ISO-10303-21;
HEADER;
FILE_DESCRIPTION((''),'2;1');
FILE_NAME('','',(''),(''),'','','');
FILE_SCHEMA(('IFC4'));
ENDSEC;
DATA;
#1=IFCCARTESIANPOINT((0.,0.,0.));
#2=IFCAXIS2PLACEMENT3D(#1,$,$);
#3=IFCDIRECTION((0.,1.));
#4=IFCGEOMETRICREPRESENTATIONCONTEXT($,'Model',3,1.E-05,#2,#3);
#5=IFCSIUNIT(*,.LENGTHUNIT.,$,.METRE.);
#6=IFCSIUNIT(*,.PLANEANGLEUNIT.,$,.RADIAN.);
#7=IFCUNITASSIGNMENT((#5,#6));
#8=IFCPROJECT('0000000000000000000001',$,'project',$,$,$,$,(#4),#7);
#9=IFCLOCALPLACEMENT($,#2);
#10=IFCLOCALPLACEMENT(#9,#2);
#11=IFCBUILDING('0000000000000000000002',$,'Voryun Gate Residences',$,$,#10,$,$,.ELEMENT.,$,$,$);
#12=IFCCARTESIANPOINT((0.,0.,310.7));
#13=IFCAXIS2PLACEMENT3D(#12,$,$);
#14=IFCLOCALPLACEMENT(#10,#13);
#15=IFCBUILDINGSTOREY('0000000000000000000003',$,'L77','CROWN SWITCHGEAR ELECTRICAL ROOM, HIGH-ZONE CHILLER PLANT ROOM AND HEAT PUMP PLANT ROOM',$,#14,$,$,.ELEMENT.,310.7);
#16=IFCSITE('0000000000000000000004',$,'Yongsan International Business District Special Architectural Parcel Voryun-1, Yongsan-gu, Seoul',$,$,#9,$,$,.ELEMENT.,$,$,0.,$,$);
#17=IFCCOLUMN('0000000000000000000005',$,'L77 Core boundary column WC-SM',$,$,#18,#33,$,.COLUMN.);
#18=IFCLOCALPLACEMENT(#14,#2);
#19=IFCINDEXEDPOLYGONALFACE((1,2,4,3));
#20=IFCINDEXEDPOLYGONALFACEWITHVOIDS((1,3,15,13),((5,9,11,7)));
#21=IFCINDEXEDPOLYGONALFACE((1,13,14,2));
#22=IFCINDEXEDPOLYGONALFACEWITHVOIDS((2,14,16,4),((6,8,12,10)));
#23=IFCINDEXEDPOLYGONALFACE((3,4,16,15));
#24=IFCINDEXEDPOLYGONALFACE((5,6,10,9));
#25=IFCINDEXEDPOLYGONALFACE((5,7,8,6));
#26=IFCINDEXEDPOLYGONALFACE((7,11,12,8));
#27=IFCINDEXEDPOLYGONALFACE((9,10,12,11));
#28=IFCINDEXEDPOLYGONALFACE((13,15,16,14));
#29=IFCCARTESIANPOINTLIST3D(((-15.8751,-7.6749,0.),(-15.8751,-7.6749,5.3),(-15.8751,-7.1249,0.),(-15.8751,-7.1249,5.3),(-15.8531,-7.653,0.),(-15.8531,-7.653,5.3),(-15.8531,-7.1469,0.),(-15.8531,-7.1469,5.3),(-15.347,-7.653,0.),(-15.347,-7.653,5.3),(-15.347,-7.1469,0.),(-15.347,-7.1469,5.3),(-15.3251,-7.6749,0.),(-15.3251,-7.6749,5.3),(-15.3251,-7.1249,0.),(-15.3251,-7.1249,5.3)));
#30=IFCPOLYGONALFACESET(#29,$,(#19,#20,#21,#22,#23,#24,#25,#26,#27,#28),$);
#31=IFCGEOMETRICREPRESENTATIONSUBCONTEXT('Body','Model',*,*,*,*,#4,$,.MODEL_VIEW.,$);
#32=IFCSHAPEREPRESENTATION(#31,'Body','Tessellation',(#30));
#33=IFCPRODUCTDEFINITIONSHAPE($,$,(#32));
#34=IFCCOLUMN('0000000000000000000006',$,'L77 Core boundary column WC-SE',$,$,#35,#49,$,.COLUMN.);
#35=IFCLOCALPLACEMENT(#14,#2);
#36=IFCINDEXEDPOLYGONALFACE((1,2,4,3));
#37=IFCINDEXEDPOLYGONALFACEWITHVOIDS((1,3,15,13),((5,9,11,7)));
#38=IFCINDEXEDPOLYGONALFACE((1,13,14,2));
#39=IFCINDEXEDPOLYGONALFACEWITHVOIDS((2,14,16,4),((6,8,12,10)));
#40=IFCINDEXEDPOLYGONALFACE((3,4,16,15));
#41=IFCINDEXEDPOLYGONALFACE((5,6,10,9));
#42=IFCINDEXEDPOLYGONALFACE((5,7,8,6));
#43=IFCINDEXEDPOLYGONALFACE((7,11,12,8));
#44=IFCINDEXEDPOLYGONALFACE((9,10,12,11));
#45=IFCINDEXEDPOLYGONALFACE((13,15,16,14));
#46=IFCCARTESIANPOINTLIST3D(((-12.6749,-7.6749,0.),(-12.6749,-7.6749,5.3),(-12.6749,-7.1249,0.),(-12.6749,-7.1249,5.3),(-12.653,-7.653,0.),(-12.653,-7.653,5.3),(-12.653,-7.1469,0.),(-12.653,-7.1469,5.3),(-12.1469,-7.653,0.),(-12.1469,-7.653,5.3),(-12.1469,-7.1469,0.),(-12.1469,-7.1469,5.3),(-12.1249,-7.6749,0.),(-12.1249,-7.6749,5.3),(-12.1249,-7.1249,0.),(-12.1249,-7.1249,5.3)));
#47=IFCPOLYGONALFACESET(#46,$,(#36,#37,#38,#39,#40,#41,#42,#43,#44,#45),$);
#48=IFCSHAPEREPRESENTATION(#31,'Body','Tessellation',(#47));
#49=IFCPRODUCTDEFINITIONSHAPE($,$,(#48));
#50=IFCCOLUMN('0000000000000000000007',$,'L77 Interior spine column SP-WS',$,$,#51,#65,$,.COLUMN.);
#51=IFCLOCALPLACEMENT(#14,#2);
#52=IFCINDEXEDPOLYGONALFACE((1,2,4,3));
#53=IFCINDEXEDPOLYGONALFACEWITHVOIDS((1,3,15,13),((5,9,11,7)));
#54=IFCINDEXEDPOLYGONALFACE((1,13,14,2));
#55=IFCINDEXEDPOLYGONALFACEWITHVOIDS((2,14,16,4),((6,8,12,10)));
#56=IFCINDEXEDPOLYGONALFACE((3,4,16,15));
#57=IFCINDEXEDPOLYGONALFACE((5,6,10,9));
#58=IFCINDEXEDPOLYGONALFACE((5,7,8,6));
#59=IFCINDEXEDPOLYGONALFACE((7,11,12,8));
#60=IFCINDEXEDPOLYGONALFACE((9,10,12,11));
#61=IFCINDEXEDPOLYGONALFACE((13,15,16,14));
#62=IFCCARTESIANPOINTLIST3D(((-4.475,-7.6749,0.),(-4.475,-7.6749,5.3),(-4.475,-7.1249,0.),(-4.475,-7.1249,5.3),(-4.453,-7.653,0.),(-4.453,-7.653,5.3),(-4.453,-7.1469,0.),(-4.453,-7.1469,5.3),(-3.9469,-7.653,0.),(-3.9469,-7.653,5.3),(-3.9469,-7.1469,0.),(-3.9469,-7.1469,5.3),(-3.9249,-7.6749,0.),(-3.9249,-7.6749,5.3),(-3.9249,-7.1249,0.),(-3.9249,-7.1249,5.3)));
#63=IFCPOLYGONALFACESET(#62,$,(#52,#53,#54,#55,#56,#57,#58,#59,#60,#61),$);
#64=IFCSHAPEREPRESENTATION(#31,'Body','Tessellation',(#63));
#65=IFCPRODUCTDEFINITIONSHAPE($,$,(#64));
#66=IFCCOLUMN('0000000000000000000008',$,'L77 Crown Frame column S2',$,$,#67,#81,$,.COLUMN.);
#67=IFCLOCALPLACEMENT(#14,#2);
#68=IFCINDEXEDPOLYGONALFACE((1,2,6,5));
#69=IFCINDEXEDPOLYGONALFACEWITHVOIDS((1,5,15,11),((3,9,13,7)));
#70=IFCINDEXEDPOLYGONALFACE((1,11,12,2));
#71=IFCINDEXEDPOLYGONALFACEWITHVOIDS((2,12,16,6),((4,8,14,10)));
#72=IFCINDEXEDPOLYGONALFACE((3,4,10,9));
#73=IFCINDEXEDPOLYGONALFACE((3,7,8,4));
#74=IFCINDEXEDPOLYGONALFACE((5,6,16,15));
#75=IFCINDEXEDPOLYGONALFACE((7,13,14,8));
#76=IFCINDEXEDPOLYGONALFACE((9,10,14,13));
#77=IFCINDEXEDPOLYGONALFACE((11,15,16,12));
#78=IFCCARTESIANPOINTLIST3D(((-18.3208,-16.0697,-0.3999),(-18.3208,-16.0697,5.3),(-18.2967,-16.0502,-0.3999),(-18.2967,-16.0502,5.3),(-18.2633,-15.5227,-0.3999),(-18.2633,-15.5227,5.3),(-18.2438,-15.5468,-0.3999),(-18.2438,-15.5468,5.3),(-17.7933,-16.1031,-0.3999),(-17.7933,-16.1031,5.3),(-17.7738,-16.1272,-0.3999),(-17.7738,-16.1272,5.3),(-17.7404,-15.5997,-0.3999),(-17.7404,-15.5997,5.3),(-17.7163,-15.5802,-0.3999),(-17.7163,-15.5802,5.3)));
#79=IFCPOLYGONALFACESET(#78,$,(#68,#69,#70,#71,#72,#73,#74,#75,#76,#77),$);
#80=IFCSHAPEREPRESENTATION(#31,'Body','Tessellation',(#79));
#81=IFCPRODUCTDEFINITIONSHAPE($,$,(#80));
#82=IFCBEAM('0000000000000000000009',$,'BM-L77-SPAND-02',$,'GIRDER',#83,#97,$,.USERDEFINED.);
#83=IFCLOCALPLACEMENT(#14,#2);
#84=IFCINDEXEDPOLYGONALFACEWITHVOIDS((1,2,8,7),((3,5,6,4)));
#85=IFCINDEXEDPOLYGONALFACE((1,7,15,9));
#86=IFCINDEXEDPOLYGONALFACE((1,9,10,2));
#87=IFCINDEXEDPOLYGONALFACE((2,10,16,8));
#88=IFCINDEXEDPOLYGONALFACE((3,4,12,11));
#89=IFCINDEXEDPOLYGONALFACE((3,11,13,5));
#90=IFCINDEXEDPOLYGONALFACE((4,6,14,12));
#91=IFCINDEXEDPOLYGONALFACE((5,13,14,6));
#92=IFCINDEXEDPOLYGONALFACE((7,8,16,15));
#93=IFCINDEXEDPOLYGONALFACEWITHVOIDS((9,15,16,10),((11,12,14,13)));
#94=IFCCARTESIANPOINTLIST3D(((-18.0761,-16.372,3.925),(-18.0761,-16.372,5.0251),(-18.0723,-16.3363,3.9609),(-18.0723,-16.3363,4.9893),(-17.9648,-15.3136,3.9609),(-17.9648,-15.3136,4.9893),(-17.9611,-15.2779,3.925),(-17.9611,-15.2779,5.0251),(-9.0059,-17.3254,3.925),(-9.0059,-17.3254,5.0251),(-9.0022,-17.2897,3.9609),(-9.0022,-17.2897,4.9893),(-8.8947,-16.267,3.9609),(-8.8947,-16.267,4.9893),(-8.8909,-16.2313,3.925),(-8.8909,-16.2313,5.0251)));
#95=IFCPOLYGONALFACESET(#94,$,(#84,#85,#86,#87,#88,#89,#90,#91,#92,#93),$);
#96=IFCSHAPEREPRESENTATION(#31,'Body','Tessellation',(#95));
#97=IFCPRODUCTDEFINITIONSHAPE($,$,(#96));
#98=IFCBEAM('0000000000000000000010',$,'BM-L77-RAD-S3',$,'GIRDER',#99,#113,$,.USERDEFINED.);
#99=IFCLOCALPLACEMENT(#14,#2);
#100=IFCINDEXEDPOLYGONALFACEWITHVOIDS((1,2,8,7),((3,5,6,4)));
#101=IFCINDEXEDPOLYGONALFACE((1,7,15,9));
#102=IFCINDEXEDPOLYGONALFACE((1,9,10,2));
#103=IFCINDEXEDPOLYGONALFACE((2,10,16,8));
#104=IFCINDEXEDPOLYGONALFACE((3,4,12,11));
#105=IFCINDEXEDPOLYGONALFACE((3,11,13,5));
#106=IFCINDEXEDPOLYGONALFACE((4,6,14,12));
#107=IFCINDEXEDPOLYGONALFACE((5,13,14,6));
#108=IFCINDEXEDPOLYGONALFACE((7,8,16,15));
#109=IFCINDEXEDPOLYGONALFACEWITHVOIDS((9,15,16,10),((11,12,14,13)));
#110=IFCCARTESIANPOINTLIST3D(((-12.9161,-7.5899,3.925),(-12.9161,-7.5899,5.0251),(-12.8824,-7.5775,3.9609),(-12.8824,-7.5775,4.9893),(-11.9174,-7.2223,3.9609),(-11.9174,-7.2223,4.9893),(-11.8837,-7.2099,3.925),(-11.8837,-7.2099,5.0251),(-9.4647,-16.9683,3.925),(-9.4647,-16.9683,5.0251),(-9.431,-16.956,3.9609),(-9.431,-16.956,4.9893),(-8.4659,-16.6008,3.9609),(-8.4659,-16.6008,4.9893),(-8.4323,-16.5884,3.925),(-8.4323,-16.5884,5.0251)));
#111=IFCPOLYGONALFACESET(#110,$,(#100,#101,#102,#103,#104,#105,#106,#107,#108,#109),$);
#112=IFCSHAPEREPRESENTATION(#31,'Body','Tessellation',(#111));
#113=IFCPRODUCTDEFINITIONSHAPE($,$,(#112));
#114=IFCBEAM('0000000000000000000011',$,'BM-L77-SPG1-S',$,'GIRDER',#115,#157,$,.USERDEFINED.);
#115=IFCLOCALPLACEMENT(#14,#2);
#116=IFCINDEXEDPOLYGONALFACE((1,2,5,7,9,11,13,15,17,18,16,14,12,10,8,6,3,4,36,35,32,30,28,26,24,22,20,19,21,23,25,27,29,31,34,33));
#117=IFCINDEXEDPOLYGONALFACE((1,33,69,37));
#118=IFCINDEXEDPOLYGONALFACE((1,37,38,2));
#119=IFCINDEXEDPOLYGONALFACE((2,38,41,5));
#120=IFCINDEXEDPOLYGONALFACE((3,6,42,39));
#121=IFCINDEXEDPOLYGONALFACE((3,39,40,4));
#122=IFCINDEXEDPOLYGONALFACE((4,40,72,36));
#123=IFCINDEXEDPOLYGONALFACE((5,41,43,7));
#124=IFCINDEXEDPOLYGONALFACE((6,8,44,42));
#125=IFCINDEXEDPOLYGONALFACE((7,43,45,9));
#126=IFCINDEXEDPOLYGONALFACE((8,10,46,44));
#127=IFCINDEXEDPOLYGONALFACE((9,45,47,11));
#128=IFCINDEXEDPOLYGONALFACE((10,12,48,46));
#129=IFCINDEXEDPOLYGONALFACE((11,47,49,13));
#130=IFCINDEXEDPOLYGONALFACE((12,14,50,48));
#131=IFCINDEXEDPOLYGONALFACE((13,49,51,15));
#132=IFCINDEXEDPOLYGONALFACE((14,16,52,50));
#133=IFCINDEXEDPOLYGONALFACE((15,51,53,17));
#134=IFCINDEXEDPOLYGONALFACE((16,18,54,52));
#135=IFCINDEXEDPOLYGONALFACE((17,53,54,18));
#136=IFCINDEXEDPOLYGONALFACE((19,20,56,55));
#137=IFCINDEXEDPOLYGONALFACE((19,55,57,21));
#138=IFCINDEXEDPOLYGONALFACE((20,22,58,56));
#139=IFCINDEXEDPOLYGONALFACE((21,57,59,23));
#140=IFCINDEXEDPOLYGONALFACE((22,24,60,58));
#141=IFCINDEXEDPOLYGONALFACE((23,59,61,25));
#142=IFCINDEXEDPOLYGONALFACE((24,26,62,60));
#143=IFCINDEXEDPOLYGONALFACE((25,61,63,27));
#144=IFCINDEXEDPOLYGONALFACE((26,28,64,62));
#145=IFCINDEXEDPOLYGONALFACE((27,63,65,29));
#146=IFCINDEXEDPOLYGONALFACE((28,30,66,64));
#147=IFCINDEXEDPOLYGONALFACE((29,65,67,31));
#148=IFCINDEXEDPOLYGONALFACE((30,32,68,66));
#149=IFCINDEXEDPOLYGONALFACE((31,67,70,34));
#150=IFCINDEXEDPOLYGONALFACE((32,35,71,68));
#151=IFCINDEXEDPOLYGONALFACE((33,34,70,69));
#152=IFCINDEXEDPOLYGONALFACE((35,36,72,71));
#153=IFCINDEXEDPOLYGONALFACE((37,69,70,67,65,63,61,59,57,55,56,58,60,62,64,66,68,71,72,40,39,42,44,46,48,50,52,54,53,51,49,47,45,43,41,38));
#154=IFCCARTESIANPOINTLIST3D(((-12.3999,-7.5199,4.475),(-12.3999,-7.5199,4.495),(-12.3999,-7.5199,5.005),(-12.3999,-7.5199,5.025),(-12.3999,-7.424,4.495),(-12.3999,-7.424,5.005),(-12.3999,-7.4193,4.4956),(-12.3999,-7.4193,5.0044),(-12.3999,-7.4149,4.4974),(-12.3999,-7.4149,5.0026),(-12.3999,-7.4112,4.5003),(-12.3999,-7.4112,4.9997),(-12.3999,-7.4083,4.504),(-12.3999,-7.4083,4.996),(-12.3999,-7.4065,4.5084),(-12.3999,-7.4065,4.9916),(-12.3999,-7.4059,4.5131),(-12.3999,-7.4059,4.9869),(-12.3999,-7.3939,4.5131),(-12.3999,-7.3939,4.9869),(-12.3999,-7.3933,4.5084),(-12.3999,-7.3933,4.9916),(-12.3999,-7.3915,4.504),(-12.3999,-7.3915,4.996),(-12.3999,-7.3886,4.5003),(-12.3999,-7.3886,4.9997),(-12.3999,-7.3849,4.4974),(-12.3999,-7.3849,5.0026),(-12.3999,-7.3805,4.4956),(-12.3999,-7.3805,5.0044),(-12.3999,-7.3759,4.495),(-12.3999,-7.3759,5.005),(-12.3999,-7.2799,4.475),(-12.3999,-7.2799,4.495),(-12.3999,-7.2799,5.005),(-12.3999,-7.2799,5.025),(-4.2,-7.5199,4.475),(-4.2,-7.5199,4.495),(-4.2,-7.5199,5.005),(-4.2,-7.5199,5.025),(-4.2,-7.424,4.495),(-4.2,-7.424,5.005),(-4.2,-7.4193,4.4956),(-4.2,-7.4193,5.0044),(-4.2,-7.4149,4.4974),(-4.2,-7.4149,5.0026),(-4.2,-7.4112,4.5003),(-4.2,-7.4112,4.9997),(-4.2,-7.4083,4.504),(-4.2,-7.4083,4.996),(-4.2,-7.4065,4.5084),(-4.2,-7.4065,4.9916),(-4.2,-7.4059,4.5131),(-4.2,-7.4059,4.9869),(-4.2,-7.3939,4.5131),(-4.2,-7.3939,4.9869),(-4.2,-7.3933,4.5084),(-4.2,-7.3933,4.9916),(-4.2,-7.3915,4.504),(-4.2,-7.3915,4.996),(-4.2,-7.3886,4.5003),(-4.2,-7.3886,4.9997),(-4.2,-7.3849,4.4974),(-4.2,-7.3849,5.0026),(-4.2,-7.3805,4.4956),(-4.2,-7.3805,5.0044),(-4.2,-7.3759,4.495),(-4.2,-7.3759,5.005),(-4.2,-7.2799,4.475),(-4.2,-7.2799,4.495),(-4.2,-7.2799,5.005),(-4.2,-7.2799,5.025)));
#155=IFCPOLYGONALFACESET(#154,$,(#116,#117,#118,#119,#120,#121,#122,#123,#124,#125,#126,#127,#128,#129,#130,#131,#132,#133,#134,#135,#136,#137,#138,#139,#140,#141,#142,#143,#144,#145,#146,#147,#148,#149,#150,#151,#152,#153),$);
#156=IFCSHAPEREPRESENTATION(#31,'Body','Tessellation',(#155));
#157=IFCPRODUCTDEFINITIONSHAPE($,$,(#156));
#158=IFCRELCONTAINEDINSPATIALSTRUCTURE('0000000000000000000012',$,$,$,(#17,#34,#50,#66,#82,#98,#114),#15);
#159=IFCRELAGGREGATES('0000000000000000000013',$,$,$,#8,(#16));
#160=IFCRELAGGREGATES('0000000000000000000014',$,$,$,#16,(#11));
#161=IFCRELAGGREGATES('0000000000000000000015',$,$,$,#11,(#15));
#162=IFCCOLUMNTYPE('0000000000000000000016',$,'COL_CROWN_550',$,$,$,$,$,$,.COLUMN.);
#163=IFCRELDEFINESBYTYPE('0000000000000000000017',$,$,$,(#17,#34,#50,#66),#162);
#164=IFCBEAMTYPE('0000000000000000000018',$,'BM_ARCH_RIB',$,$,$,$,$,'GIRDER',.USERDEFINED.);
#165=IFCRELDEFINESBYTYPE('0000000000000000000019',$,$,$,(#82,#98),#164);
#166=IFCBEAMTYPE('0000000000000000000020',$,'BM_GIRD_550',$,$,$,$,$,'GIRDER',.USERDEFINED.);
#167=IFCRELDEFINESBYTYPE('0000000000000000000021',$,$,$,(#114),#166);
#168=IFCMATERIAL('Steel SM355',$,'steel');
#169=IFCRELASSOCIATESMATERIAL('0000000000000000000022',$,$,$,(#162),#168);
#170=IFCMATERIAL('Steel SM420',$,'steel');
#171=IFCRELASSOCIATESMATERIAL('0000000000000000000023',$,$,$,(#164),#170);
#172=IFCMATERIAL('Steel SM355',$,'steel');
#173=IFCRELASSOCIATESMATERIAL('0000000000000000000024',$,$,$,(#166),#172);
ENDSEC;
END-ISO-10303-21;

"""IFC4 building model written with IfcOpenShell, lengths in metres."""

from ifc_helpers import new_model, si_unit, direction, frame, origin, origin_2d, place, context, subcontext, project, spatial, hollow_rectangle, i_section, extrude, material, material_profile, profile_set, type_object, element, save


model = new_model("IFC4")

# Units and contexts
model_context = context("Model", 3, precision=1e-05, world=origin(), true_north=direction((0.0, 1.0)))
body_context = subcontext(model_context, "Body", "Model", "MODEL_VIEW")
ifc_project = project(units=[si_unit("LENGTHUNIT", "METRE"), si_unit("PLANEANGLEUNIT", "RADIAN")], contexts=[model_context])

# Site, building, storey
site_placement = place(None, origin())
site = spatial("IfcSite", under=ifc_project, at=site_placement, Name="Yongsan International Business District Special Architectural Parcel Voryun-1, Yongsan-gu, Seoul", CompositionType="ELEMENT", RefElevation=0.0)
building_placement = place(site_placement, origin())
building = spatial("IfcBuilding", under=site, at=building_placement, Name="Voryun Gate Residences", CompositionType="ELEMENT")
storey_placement = place(building_placement, frame((0.0, 0.0, 310.7)))
storey = spatial("IfcBuildingStorey", under=building, at=storey_placement, Name="L77", Description="CROWN SWITCHGEAR ELECTRICAL ROOM, HIGH-ZONE CHILLER PLANT ROOM AND HEAT PUMP PLANT ROOM", CompositionType="ELEMENT", Elevation=310.7)

# Columns
ifc_material_1 = material(Name="Steel SM355", Category="steel")
ifc_material_profile_1 = material_profile(ifc_material_1, hollow_rectangle(XDim=0.55, YDim=0.55, WallThickness=0.022, at=origin_2d()), Name="BOX-550x550x22")
ifc_profile_set_1 = profile_set([ifc_material_profile_1], Name="Steel SM355")
column_type = type_object("IfcColumnType", Name="COL_CROWN_550", PredefinedType="COLUMN", material=ifc_profile_set_1)
for number, where, z_axis, x_axis, name in (
    (1, (-15.6001, -7.3999, 0.0), (0.0, 0.0, 1.0), (1.0, 0.0, 0.0), "L77 Core boundary column WC-SM"),
    (2, (-12.3999, -7.3999, 0.0), (0.0, 0.0, 1.0), (1.0, 0.0, 0.0), "L77 Core boundary column WC-SE"),
    (3, (-4.2, -7.3999, 0.0), (0.0, 0.0, 1.0), (1.0, 0.0, 0.0), "L77 Interior spine column SP-WS"),
):
    element("IfcColumn", number, at=place(storey_placement, frame(where, z_axis=z_axis, x_axis=x_axis)), inside=storey, type_object=column_type, Name=name, PredefinedType="COLUMN", context=body_context, shape_type="SweptSolid", body=[
        extrude(hollow_rectangle(XDim=0.55, YDim=0.55, WallThickness=0.022, at=origin_2d()), origin(), (0.0, 0.0, 1.0), 5.3),
    ])
column_placement = place(storey_placement, frame((-18.0186, -15.825, -0.3999), z_axis=(0.0, 0.0, 1.0), x_axis=(0.994522, -0.104528, 0.0)))
element("IfcColumn", 4, at=column_placement, inside=storey, type_object=column_type, Name="L77 Crown Frame column S2", PredefinedType="COLUMN", context=body_context, shape_type="SweptSolid", body=[
    extrude(hollow_rectangle(XDim=0.55, YDim=0.55, WallThickness=0.022, at=origin_2d()), origin(), (0.0, 0.0, 1.0), 5.7),
])

# Beams
ifc_material_2 = material(Name="Steel SM420", Category="steel")
ifc_material_profile_2 = material_profile(ifc_material_2, hollow_rectangle(XDim=1.1001, YDim=1.1001, WallThickness=0.0359, at=origin_2d()), Name="BOX-1100x1100x36")
ifc_profile_set_2 = profile_set([ifc_material_profile_2], Name="Steel SM420")
beam_type_1 = type_object("IfcBeamType", Name="BM_ARCH_RIB", ElementType="GIRDER", PredefinedType="USERDEFINED", material=ifc_profile_set_2)
beam_1_placement = place(storey_placement, frame((-18.0186, -15.825, 4.4751), z_axis=(0.994521, -0.104536, 0.0), x_axis=(0.104536, 0.994521, 0.0)))
element("IfcBeam", 5, at=beam_1_placement, inside=storey, type_object=beam_type_1, Name="BM-L77-SPAND-02", ObjectType="GIRDER", PredefinedType="USERDEFINED", context=body_context, shape_type="SweptSolid", body=[
    extrude(hollow_rectangle(XDim=1.1001, YDim=1.1001, WallThickness=0.0359, at=origin_2d()), origin(), (0.0, 0.0, 1.0), 9.1201),
])
beam_2_placement = place(storey_placement, frame((-12.3999, -7.3999, 4.4751), z_axis=(0.345371, -0.938466, 0.0), x_axis=(0.938466, 0.345371, 0.0)))
element("IfcBeam", 6, at=beam_2_placement, inside=storey, type_object=beam_type_1, Name="BM-L77-RAD-S3", ObjectType="GIRDER", PredefinedType="USERDEFINED", context=body_context, shape_type="SweptSolid", body=[
    extrude(hollow_rectangle(XDim=1.1001, YDim=1.1001, WallThickness=0.0359, at=origin_2d()), origin(), (0.0, 0.0, 1.0), 9.9934),
])
ifc_material_3 = material(Name="Steel SM355", Category="steel")
ifc_material_profile_3 = material_profile(ifc_material_3, i_section(OverallWidth=0.24, OverallDepth=0.55, WebThickness=0.012, FlangeThickness=0.02, FilletRadius=0.0181, at=origin_2d()), Name="H-550x240x12x20")
ifc_profile_set_3 = profile_set([ifc_material_profile_3], Name="Steel SM355")
beam_type_2 = type_object("IfcBeamType", Name="BM_GIRD_550", ElementType="GIRDER", PredefinedType="USERDEFINED", material=ifc_profile_set_3)
beam_3_placement = place(storey_placement, frame((-12.3999, -7.3999, 4.75), z_axis=(1.0, 0.0, 0.0), x_axis=(0.0, 1.0, 0.0)))
element("IfcBeam", 7, at=beam_3_placement, inside=storey, type_object=beam_type_2, Name="BM-L77-SPG1-S", ObjectType="GIRDER", PredefinedType="USERDEFINED", context=body_context, shape_type="SweptSolid", body=[
    extrude(i_section(OverallWidth=0.24, OverallDepth=0.55, WebThickness=0.012, FlangeThickness=0.02, FilletRadius=0.0181, at=origin_2d()), origin(), (0.0, 0.0, 1.0), 8.2),
])

save(model, "model.ifc")
